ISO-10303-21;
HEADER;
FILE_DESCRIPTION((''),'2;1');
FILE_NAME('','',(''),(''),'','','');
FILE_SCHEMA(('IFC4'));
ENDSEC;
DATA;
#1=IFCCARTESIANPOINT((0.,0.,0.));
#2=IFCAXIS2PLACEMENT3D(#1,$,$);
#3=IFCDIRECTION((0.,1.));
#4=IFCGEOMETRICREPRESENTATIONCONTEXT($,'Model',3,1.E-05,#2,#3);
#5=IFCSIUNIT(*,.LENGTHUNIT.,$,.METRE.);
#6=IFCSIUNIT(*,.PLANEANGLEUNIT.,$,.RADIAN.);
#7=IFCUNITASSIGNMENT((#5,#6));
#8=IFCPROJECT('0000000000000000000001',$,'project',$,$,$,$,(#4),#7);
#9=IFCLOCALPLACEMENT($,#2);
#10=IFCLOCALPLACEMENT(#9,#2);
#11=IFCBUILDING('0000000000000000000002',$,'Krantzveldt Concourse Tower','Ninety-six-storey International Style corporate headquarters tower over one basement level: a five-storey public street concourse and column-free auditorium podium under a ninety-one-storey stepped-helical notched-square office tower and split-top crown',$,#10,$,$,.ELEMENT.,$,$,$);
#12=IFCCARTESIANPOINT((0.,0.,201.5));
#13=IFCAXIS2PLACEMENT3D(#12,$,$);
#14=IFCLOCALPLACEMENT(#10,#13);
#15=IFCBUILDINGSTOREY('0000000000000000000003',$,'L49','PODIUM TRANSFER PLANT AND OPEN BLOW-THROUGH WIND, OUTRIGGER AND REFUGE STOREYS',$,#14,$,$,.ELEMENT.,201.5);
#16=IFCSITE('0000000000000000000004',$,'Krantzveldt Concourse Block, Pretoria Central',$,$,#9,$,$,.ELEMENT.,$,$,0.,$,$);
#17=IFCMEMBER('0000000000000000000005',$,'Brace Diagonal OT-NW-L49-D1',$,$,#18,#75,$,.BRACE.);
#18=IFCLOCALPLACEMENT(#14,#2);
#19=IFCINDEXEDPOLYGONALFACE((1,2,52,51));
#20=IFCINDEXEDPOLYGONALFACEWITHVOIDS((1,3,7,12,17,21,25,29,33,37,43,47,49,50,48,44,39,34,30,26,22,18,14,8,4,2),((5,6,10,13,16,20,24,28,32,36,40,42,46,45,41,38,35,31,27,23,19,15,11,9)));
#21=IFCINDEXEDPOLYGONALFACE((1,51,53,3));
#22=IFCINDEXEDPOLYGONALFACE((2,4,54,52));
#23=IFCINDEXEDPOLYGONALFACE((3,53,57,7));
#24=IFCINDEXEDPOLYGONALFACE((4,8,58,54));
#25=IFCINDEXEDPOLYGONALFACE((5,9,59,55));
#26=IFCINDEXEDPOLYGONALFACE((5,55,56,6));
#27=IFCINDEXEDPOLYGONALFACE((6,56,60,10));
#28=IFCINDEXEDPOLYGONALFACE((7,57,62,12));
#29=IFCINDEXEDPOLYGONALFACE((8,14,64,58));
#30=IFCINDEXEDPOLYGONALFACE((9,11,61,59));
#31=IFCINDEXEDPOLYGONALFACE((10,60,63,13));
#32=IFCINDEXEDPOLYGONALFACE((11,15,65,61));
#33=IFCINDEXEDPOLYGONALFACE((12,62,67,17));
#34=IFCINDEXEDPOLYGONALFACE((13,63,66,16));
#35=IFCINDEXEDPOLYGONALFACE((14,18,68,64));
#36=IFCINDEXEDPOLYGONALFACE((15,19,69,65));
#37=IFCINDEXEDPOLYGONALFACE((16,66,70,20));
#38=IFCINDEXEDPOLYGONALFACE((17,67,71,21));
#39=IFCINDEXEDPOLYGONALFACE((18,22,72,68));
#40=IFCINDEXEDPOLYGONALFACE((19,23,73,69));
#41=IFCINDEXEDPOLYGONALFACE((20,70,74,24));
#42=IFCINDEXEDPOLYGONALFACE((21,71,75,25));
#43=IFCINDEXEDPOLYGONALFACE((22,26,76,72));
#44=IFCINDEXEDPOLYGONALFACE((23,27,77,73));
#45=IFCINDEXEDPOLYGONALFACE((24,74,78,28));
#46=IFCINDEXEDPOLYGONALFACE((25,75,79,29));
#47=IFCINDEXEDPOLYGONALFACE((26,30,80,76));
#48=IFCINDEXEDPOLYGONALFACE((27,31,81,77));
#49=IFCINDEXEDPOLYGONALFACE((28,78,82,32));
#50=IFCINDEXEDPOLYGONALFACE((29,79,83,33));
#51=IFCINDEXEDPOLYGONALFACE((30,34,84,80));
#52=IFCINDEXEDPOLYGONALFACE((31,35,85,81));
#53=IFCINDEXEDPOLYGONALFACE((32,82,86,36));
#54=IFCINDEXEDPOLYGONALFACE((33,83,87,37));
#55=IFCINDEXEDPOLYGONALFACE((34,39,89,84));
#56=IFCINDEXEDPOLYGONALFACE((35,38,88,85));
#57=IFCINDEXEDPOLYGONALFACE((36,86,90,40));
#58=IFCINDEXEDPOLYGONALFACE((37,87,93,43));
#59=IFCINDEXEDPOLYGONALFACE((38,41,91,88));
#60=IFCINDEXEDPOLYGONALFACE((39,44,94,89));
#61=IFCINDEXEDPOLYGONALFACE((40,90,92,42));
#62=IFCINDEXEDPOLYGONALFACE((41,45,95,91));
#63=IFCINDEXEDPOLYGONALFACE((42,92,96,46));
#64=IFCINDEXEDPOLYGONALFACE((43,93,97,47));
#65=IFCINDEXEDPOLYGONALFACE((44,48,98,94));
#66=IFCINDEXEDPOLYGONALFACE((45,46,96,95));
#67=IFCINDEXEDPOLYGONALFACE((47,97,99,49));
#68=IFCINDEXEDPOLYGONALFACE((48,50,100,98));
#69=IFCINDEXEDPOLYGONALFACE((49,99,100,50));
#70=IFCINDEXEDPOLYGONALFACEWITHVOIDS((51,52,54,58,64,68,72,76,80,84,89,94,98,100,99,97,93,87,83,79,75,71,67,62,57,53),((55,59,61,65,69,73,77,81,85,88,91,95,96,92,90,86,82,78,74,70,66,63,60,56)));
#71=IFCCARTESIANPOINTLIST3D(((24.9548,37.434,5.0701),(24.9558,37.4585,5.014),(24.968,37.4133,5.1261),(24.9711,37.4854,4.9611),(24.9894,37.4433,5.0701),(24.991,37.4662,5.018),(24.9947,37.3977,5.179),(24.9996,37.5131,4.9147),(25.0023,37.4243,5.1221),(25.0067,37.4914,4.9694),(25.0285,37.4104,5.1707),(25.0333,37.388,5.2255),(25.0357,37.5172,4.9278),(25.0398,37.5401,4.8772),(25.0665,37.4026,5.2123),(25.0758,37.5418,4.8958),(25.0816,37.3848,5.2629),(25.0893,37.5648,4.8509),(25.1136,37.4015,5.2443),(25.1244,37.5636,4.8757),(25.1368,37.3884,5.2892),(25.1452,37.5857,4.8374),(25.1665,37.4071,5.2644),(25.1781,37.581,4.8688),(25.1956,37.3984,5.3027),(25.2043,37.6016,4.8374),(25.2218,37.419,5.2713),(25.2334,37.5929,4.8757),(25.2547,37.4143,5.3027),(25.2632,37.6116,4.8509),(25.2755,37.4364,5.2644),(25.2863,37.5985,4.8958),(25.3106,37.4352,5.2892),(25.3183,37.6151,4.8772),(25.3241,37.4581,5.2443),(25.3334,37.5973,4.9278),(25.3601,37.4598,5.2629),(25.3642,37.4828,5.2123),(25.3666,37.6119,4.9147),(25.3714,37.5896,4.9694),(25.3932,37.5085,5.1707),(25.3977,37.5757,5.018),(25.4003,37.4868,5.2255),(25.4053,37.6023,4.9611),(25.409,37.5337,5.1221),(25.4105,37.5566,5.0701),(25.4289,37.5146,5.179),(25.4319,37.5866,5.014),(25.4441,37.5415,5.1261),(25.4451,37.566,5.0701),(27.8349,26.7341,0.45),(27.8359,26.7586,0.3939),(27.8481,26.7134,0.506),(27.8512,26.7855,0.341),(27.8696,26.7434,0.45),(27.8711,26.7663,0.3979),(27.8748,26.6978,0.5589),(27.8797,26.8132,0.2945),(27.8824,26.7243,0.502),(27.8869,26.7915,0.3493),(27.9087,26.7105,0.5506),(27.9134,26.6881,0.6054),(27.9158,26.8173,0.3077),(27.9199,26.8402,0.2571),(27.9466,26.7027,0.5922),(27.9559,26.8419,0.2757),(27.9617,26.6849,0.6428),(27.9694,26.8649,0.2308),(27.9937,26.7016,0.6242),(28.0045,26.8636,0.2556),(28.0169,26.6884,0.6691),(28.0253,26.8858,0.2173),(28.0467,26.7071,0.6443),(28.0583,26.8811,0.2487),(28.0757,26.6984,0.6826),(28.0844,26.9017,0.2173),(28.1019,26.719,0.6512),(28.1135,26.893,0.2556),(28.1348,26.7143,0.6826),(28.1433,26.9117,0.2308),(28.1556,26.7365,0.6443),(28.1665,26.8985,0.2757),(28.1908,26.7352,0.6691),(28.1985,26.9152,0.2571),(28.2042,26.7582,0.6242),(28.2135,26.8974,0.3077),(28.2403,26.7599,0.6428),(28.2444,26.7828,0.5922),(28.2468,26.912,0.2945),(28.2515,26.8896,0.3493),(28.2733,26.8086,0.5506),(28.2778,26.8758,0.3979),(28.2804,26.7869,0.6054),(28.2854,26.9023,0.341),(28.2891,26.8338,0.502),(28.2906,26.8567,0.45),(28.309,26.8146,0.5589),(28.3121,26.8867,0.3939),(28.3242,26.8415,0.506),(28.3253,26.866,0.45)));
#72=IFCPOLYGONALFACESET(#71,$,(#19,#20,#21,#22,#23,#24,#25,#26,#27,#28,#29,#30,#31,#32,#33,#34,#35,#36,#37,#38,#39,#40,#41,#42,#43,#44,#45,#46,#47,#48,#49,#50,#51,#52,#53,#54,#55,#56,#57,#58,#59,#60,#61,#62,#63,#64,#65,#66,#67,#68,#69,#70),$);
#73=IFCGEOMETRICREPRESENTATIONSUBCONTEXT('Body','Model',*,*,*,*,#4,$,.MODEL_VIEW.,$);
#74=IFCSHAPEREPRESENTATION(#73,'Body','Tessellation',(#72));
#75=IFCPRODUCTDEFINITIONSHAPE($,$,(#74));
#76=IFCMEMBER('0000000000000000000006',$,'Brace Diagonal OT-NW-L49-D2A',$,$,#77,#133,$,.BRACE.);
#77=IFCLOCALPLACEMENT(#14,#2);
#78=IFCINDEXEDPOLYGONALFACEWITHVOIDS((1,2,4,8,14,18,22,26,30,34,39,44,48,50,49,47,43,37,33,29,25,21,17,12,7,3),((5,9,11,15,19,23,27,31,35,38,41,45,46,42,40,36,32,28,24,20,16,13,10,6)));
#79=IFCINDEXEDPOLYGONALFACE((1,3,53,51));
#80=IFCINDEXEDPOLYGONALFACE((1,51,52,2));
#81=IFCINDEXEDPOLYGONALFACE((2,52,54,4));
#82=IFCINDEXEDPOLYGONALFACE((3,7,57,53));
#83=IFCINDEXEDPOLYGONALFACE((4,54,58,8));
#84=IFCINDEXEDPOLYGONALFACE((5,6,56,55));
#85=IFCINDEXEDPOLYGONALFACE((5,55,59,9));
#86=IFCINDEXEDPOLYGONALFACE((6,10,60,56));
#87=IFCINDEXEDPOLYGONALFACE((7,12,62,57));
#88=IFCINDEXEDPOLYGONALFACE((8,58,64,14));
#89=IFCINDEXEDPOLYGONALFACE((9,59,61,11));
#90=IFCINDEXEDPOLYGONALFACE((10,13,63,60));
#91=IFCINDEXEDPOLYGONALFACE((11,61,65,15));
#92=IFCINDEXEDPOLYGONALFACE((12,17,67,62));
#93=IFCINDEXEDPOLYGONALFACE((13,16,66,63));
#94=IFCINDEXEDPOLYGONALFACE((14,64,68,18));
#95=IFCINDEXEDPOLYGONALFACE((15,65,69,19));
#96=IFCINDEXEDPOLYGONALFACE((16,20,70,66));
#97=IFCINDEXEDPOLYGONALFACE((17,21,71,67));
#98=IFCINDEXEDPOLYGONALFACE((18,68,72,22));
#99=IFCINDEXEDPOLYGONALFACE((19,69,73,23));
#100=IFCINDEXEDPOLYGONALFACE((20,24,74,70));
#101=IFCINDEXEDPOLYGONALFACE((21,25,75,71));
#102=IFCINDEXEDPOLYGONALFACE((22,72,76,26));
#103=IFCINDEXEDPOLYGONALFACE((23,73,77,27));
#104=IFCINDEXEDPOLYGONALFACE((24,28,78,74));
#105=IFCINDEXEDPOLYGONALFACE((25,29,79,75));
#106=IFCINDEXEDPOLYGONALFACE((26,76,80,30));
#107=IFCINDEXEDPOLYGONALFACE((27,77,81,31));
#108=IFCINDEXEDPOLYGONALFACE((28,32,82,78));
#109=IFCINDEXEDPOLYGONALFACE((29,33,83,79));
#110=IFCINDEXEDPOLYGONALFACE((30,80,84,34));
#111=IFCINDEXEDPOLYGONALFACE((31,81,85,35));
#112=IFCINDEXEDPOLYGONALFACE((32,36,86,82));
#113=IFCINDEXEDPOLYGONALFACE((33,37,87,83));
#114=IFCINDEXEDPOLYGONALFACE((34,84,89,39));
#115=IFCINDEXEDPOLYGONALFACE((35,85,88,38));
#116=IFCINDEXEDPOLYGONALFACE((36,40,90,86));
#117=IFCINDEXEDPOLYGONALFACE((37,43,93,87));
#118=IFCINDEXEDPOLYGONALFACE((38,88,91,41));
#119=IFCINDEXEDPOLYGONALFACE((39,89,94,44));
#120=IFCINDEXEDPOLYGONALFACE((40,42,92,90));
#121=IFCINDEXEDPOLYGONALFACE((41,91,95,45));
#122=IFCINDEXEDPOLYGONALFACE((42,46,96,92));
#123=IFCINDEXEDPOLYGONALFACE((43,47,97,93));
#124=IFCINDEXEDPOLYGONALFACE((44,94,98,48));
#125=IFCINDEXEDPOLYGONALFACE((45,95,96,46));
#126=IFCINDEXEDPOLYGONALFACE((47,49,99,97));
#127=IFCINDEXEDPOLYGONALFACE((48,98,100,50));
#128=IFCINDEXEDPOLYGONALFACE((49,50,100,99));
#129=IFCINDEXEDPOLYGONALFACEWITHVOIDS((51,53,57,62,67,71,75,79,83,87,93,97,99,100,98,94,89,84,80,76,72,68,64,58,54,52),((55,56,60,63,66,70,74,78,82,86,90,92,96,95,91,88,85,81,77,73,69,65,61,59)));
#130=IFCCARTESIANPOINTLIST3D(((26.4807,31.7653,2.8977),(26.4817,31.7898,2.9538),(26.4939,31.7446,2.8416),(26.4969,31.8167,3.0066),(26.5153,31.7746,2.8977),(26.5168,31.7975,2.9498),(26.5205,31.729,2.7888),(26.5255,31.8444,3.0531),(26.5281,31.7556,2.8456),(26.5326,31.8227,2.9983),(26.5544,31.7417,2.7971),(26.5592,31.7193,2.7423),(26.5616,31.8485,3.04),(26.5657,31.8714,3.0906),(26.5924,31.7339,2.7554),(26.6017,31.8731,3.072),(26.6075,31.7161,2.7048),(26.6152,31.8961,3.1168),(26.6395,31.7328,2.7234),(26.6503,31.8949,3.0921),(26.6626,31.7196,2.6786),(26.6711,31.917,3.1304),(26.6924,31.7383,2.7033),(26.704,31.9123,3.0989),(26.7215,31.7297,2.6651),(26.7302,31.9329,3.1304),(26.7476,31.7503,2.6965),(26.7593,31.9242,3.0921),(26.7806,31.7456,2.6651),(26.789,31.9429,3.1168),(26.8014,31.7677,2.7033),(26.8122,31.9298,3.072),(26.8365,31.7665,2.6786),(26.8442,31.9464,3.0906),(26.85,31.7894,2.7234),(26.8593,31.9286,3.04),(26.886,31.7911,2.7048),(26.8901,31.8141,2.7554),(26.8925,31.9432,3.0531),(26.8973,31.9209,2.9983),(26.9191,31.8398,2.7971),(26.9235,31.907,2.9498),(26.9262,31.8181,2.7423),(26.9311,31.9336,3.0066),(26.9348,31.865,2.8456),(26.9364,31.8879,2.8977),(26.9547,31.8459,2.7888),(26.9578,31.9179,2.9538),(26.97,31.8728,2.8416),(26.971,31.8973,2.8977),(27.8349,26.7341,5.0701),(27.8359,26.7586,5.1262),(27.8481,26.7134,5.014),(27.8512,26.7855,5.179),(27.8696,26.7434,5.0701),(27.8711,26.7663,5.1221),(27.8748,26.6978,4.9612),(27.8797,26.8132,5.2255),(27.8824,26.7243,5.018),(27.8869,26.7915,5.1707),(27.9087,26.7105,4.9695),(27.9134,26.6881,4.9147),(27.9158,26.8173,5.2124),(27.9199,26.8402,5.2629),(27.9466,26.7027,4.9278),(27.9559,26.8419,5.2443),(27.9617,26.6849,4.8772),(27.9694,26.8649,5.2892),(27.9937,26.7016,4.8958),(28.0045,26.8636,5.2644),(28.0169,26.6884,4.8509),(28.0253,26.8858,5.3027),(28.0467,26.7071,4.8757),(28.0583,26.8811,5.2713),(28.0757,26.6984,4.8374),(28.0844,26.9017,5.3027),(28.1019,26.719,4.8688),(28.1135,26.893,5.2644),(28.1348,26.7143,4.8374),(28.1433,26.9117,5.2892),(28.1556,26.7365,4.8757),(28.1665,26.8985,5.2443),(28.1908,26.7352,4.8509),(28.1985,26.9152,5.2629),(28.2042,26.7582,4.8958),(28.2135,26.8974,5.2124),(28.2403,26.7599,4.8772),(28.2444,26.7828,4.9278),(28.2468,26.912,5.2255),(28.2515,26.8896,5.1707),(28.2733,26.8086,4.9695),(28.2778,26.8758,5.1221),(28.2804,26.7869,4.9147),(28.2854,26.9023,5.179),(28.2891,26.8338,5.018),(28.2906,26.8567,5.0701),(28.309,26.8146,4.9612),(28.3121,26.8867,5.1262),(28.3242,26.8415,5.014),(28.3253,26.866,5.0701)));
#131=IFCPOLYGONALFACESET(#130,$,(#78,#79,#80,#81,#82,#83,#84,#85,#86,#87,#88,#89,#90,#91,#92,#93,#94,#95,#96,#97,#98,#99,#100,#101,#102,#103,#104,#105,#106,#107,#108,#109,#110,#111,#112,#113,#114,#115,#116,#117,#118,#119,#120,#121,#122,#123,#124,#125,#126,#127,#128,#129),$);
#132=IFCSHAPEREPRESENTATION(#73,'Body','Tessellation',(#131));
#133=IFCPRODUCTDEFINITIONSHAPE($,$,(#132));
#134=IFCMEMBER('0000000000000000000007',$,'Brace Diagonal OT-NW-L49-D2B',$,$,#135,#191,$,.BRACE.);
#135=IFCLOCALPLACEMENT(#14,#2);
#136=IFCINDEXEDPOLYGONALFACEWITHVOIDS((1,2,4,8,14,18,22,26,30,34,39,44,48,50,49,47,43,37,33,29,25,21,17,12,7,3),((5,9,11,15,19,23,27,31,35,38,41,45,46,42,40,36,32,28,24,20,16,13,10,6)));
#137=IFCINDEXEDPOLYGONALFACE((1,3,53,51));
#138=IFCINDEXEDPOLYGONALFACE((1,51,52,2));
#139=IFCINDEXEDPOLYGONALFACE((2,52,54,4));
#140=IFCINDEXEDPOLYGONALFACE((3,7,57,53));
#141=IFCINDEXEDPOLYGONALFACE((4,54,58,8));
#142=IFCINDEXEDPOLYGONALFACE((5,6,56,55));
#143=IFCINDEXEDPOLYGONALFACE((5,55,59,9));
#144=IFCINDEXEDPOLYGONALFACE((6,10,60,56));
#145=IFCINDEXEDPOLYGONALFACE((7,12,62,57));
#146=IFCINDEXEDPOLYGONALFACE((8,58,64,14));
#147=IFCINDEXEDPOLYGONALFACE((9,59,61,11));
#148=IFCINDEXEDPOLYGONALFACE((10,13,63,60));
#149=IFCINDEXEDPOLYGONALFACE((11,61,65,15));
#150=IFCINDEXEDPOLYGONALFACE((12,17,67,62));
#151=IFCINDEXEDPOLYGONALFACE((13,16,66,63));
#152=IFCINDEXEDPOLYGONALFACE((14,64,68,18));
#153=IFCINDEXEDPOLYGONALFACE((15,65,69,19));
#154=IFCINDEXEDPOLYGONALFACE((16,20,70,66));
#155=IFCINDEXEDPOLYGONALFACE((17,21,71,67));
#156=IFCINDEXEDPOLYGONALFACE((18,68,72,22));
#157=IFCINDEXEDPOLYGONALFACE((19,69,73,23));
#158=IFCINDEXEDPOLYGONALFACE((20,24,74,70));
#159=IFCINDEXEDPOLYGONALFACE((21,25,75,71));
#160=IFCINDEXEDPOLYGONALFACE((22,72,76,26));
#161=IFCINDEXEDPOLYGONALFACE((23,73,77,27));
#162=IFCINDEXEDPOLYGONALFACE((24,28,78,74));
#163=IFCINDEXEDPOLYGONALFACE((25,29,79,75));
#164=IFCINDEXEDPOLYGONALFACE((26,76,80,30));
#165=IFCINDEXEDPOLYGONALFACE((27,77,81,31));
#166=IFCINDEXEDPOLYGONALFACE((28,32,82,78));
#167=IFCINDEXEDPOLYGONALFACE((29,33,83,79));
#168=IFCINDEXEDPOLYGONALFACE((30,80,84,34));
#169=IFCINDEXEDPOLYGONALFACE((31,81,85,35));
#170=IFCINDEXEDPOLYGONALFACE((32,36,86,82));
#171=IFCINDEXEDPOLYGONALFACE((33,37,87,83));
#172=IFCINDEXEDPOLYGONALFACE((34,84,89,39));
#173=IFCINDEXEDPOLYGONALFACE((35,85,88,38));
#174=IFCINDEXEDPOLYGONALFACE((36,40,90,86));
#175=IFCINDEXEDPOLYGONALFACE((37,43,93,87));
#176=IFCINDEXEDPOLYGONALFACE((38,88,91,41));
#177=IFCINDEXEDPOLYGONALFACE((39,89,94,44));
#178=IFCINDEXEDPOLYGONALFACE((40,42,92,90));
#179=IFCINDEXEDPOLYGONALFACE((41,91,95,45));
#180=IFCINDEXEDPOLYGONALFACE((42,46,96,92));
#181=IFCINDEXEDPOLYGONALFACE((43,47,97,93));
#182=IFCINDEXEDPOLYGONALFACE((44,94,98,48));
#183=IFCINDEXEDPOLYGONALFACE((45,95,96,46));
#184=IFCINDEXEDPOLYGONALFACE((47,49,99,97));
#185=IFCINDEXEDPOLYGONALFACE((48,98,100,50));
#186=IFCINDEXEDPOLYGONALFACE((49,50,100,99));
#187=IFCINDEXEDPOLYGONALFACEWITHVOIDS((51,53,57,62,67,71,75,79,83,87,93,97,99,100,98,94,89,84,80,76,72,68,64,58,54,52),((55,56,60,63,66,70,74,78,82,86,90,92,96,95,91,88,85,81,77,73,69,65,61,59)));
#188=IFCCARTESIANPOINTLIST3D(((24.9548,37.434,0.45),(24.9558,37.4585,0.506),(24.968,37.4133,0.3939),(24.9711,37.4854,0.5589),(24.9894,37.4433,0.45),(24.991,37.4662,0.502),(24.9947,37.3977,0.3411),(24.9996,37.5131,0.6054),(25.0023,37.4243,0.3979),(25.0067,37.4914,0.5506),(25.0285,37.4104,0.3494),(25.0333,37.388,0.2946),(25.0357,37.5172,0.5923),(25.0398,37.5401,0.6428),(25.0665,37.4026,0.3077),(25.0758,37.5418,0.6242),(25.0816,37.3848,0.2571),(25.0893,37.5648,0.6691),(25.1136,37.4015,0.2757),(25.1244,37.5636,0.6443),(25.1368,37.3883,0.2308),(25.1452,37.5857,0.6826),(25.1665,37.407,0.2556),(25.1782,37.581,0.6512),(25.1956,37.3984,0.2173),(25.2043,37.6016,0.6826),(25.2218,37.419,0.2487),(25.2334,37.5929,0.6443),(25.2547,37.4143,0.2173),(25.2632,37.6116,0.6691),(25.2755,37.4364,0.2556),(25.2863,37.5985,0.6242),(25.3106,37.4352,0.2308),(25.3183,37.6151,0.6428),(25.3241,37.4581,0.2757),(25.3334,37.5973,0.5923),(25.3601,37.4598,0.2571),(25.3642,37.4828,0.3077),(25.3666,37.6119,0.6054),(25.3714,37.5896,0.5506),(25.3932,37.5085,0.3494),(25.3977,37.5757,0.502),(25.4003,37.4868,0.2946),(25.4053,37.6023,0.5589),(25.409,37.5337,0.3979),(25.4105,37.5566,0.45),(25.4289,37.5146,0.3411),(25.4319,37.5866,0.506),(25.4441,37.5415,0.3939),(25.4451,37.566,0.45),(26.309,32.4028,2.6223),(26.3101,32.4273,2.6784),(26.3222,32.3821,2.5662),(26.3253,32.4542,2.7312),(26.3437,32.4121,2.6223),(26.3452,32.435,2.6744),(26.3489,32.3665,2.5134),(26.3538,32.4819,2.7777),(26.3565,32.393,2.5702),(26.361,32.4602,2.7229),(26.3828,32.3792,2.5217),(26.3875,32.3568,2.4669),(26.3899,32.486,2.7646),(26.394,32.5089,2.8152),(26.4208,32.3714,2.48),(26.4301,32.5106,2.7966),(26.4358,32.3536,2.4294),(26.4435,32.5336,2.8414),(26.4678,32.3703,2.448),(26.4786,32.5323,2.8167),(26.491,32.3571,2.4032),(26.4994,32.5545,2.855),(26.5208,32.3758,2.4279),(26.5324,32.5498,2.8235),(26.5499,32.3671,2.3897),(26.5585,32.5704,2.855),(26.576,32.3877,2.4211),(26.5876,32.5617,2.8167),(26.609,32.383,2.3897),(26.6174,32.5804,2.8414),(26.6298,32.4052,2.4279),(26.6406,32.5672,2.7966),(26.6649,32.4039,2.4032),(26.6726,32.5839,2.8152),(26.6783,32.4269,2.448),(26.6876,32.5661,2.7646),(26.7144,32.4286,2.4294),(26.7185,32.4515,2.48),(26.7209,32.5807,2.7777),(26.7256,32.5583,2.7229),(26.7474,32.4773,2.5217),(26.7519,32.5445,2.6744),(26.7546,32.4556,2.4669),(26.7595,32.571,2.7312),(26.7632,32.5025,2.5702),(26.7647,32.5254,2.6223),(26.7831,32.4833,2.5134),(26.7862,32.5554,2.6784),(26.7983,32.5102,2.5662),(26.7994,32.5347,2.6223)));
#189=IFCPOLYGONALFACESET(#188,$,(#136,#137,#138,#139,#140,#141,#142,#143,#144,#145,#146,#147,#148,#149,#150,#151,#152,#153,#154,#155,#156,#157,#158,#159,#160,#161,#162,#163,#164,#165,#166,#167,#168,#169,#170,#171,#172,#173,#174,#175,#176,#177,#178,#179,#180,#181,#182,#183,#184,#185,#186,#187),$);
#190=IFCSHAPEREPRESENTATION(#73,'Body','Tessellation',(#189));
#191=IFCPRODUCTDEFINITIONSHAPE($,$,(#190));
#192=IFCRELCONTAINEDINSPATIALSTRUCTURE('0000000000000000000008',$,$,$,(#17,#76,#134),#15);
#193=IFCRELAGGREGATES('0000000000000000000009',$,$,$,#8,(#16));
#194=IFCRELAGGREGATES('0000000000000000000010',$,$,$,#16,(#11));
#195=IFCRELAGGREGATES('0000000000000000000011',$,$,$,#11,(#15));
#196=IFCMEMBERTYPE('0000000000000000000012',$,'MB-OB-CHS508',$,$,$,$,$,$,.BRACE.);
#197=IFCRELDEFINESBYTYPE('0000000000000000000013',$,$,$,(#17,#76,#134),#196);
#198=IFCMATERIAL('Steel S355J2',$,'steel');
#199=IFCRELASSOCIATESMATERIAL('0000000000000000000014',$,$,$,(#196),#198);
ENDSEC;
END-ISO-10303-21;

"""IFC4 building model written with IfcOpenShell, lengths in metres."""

from ifc_helpers import new_model, si_unit, direction, frame, origin, origin_2d, place, context, subcontext, project, spatial, hollow_circle, extrude, source, transform, mapped, material, material_profile, profile_set, type_object, type_shapes, element, save


model = new_model("IFC4")

# Units and contexts
model_context = context("Model", 3, precision=1e-05, world=origin(), true_north=direction((0.0, 1.0)))
body_context = subcontext(model_context, "Body", "Model", "MODEL_VIEW")
ifc_project = project(units=[si_unit("LENGTHUNIT", "METRE"), si_unit("PLANEANGLEUNIT", "RADIAN")], contexts=[model_context])

# Site, building, storey
site_placement = place(None, origin())
site = spatial("IfcSite", under=ifc_project, at=site_placement, Name="Krantzveldt Concourse Block, Pretoria Central", CompositionType="ELEMENT", RefElevation=0.0)
building_placement = place(site_placement, origin())
building = spatial("IfcBuilding", under=site, at=building_placement, Name="Krantzveldt Concourse Tower", Description="Ninety-six-storey International Style corporate headquarters tower over one basement level: a five-storey public street concourse and column-free auditorium podium under a ninety-one-storey stepped-helical notched-square office tower and split-top crown", CompositionType="ELEMENT")
storey_placement = place(building_placement, frame((0.0, 0.0, 201.5)))
storey = spatial("IfcBuildingStorey", under=building, at=storey_placement, Name="L49", Description="PODIUM TRANSFER PLANT AND OPEN BLOW-THROUGH WIND, OUTRIGGER AND REFUGE STOREYS", CompositionType="ELEMENT", Elevation=201.5)

# Shared definitions
ifc_material_1 = material(Name="Steel S355J2", Category="steel")

# Members
ifc_material_profile_1 = material_profile(ifc_material_1, hollow_circle(Radius=0.2539, WallThickness=0.0359, at=origin_2d()), Name="Steel S355J2", Category="steel")
ifc_profile_set_1 = profile_set([ifc_material_profile_1], Name="Steel S355J2 - CHS 508x36")
member_type_1 = type_object("IfcMemberType", Name="MB-OB-CHS508", PredefinedType="BRACE", material=ifc_profile_set_1)
shared_shape_1 = source(origin(), body_context, "Body", "SweptSolid", [
    extrude(hollow_circle(Radius=0.2539, WallThickness=0.0359, at=origin_2d()), origin(), (0.0, 0.0, 1.0), 12.0054),
])
member_1_placement = place(storey_placement, frame((28.0801, 26.8, 0.45), z_axis=(-0.239903, 0.891262, 0.384837), x_axis=(-0.96563, -0.259921, 0.0)))
element("IfcMember", 1, at=member_1_placement, inside=storey, type_object=member_type_1, Name="Brace Diagonal OT-NW-L49-D1", PredefinedType="BRACE", context=body_context, shape_type="MappedRepresentation", body=[
    mapped(shared_shape_1, transform((0.0, 0.0, 0.0), x_axis=(1.0, 0.0, 0.0), y_axis=(0.0, 1.0, 0.0), z_axis=(0.0, 0.0, 1.0), scale=1.0)),
])
shared_shape_2 = source(origin(), body_context, "Body", "SweptSolid", [
    extrude(hollow_circle(Radius=0.2539, WallThickness=0.0359, at=origin_2d()), origin(), (0.0, 0.0, 1.0), 5.645),
])
type_shapes(member_type_1, [shared_shape_1, shared_shape_2])
for number, where, z_axis, x_axis, name in (
    (2, (28.0801, 26.8, 5.0701), (-0.2399, 0.891267, -0.384826), (-0.965631, -0.259916, 0.0), "Brace Diagonal OT-NW-L49-D2A"),
    (3, (26.5542, 32.4688, 2.6223), (-0.2399, 0.891267, -0.384826), (-0.965631, -0.259916, 0.0), "Brace Diagonal OT-NW-L49-D2B"),
):
    element("IfcMember", number, at=place(storey_placement, frame(where, z_axis=z_axis, x_axis=x_axis)), inside=storey, type_object=member_type_1, Name=name, PredefinedType="BRACE", context=body_context, shape_type="MappedRepresentation", body=[
        mapped(shared_shape_2, transform((0.0, 0.0, 0.0), x_axis=(1.0, 0.0, 0.0), y_axis=(0.0, 1.0, 0.0), z_axis=(0.0, 0.0, 1.0), scale=1.0)),
    ])

save(model, "model.ifc")
